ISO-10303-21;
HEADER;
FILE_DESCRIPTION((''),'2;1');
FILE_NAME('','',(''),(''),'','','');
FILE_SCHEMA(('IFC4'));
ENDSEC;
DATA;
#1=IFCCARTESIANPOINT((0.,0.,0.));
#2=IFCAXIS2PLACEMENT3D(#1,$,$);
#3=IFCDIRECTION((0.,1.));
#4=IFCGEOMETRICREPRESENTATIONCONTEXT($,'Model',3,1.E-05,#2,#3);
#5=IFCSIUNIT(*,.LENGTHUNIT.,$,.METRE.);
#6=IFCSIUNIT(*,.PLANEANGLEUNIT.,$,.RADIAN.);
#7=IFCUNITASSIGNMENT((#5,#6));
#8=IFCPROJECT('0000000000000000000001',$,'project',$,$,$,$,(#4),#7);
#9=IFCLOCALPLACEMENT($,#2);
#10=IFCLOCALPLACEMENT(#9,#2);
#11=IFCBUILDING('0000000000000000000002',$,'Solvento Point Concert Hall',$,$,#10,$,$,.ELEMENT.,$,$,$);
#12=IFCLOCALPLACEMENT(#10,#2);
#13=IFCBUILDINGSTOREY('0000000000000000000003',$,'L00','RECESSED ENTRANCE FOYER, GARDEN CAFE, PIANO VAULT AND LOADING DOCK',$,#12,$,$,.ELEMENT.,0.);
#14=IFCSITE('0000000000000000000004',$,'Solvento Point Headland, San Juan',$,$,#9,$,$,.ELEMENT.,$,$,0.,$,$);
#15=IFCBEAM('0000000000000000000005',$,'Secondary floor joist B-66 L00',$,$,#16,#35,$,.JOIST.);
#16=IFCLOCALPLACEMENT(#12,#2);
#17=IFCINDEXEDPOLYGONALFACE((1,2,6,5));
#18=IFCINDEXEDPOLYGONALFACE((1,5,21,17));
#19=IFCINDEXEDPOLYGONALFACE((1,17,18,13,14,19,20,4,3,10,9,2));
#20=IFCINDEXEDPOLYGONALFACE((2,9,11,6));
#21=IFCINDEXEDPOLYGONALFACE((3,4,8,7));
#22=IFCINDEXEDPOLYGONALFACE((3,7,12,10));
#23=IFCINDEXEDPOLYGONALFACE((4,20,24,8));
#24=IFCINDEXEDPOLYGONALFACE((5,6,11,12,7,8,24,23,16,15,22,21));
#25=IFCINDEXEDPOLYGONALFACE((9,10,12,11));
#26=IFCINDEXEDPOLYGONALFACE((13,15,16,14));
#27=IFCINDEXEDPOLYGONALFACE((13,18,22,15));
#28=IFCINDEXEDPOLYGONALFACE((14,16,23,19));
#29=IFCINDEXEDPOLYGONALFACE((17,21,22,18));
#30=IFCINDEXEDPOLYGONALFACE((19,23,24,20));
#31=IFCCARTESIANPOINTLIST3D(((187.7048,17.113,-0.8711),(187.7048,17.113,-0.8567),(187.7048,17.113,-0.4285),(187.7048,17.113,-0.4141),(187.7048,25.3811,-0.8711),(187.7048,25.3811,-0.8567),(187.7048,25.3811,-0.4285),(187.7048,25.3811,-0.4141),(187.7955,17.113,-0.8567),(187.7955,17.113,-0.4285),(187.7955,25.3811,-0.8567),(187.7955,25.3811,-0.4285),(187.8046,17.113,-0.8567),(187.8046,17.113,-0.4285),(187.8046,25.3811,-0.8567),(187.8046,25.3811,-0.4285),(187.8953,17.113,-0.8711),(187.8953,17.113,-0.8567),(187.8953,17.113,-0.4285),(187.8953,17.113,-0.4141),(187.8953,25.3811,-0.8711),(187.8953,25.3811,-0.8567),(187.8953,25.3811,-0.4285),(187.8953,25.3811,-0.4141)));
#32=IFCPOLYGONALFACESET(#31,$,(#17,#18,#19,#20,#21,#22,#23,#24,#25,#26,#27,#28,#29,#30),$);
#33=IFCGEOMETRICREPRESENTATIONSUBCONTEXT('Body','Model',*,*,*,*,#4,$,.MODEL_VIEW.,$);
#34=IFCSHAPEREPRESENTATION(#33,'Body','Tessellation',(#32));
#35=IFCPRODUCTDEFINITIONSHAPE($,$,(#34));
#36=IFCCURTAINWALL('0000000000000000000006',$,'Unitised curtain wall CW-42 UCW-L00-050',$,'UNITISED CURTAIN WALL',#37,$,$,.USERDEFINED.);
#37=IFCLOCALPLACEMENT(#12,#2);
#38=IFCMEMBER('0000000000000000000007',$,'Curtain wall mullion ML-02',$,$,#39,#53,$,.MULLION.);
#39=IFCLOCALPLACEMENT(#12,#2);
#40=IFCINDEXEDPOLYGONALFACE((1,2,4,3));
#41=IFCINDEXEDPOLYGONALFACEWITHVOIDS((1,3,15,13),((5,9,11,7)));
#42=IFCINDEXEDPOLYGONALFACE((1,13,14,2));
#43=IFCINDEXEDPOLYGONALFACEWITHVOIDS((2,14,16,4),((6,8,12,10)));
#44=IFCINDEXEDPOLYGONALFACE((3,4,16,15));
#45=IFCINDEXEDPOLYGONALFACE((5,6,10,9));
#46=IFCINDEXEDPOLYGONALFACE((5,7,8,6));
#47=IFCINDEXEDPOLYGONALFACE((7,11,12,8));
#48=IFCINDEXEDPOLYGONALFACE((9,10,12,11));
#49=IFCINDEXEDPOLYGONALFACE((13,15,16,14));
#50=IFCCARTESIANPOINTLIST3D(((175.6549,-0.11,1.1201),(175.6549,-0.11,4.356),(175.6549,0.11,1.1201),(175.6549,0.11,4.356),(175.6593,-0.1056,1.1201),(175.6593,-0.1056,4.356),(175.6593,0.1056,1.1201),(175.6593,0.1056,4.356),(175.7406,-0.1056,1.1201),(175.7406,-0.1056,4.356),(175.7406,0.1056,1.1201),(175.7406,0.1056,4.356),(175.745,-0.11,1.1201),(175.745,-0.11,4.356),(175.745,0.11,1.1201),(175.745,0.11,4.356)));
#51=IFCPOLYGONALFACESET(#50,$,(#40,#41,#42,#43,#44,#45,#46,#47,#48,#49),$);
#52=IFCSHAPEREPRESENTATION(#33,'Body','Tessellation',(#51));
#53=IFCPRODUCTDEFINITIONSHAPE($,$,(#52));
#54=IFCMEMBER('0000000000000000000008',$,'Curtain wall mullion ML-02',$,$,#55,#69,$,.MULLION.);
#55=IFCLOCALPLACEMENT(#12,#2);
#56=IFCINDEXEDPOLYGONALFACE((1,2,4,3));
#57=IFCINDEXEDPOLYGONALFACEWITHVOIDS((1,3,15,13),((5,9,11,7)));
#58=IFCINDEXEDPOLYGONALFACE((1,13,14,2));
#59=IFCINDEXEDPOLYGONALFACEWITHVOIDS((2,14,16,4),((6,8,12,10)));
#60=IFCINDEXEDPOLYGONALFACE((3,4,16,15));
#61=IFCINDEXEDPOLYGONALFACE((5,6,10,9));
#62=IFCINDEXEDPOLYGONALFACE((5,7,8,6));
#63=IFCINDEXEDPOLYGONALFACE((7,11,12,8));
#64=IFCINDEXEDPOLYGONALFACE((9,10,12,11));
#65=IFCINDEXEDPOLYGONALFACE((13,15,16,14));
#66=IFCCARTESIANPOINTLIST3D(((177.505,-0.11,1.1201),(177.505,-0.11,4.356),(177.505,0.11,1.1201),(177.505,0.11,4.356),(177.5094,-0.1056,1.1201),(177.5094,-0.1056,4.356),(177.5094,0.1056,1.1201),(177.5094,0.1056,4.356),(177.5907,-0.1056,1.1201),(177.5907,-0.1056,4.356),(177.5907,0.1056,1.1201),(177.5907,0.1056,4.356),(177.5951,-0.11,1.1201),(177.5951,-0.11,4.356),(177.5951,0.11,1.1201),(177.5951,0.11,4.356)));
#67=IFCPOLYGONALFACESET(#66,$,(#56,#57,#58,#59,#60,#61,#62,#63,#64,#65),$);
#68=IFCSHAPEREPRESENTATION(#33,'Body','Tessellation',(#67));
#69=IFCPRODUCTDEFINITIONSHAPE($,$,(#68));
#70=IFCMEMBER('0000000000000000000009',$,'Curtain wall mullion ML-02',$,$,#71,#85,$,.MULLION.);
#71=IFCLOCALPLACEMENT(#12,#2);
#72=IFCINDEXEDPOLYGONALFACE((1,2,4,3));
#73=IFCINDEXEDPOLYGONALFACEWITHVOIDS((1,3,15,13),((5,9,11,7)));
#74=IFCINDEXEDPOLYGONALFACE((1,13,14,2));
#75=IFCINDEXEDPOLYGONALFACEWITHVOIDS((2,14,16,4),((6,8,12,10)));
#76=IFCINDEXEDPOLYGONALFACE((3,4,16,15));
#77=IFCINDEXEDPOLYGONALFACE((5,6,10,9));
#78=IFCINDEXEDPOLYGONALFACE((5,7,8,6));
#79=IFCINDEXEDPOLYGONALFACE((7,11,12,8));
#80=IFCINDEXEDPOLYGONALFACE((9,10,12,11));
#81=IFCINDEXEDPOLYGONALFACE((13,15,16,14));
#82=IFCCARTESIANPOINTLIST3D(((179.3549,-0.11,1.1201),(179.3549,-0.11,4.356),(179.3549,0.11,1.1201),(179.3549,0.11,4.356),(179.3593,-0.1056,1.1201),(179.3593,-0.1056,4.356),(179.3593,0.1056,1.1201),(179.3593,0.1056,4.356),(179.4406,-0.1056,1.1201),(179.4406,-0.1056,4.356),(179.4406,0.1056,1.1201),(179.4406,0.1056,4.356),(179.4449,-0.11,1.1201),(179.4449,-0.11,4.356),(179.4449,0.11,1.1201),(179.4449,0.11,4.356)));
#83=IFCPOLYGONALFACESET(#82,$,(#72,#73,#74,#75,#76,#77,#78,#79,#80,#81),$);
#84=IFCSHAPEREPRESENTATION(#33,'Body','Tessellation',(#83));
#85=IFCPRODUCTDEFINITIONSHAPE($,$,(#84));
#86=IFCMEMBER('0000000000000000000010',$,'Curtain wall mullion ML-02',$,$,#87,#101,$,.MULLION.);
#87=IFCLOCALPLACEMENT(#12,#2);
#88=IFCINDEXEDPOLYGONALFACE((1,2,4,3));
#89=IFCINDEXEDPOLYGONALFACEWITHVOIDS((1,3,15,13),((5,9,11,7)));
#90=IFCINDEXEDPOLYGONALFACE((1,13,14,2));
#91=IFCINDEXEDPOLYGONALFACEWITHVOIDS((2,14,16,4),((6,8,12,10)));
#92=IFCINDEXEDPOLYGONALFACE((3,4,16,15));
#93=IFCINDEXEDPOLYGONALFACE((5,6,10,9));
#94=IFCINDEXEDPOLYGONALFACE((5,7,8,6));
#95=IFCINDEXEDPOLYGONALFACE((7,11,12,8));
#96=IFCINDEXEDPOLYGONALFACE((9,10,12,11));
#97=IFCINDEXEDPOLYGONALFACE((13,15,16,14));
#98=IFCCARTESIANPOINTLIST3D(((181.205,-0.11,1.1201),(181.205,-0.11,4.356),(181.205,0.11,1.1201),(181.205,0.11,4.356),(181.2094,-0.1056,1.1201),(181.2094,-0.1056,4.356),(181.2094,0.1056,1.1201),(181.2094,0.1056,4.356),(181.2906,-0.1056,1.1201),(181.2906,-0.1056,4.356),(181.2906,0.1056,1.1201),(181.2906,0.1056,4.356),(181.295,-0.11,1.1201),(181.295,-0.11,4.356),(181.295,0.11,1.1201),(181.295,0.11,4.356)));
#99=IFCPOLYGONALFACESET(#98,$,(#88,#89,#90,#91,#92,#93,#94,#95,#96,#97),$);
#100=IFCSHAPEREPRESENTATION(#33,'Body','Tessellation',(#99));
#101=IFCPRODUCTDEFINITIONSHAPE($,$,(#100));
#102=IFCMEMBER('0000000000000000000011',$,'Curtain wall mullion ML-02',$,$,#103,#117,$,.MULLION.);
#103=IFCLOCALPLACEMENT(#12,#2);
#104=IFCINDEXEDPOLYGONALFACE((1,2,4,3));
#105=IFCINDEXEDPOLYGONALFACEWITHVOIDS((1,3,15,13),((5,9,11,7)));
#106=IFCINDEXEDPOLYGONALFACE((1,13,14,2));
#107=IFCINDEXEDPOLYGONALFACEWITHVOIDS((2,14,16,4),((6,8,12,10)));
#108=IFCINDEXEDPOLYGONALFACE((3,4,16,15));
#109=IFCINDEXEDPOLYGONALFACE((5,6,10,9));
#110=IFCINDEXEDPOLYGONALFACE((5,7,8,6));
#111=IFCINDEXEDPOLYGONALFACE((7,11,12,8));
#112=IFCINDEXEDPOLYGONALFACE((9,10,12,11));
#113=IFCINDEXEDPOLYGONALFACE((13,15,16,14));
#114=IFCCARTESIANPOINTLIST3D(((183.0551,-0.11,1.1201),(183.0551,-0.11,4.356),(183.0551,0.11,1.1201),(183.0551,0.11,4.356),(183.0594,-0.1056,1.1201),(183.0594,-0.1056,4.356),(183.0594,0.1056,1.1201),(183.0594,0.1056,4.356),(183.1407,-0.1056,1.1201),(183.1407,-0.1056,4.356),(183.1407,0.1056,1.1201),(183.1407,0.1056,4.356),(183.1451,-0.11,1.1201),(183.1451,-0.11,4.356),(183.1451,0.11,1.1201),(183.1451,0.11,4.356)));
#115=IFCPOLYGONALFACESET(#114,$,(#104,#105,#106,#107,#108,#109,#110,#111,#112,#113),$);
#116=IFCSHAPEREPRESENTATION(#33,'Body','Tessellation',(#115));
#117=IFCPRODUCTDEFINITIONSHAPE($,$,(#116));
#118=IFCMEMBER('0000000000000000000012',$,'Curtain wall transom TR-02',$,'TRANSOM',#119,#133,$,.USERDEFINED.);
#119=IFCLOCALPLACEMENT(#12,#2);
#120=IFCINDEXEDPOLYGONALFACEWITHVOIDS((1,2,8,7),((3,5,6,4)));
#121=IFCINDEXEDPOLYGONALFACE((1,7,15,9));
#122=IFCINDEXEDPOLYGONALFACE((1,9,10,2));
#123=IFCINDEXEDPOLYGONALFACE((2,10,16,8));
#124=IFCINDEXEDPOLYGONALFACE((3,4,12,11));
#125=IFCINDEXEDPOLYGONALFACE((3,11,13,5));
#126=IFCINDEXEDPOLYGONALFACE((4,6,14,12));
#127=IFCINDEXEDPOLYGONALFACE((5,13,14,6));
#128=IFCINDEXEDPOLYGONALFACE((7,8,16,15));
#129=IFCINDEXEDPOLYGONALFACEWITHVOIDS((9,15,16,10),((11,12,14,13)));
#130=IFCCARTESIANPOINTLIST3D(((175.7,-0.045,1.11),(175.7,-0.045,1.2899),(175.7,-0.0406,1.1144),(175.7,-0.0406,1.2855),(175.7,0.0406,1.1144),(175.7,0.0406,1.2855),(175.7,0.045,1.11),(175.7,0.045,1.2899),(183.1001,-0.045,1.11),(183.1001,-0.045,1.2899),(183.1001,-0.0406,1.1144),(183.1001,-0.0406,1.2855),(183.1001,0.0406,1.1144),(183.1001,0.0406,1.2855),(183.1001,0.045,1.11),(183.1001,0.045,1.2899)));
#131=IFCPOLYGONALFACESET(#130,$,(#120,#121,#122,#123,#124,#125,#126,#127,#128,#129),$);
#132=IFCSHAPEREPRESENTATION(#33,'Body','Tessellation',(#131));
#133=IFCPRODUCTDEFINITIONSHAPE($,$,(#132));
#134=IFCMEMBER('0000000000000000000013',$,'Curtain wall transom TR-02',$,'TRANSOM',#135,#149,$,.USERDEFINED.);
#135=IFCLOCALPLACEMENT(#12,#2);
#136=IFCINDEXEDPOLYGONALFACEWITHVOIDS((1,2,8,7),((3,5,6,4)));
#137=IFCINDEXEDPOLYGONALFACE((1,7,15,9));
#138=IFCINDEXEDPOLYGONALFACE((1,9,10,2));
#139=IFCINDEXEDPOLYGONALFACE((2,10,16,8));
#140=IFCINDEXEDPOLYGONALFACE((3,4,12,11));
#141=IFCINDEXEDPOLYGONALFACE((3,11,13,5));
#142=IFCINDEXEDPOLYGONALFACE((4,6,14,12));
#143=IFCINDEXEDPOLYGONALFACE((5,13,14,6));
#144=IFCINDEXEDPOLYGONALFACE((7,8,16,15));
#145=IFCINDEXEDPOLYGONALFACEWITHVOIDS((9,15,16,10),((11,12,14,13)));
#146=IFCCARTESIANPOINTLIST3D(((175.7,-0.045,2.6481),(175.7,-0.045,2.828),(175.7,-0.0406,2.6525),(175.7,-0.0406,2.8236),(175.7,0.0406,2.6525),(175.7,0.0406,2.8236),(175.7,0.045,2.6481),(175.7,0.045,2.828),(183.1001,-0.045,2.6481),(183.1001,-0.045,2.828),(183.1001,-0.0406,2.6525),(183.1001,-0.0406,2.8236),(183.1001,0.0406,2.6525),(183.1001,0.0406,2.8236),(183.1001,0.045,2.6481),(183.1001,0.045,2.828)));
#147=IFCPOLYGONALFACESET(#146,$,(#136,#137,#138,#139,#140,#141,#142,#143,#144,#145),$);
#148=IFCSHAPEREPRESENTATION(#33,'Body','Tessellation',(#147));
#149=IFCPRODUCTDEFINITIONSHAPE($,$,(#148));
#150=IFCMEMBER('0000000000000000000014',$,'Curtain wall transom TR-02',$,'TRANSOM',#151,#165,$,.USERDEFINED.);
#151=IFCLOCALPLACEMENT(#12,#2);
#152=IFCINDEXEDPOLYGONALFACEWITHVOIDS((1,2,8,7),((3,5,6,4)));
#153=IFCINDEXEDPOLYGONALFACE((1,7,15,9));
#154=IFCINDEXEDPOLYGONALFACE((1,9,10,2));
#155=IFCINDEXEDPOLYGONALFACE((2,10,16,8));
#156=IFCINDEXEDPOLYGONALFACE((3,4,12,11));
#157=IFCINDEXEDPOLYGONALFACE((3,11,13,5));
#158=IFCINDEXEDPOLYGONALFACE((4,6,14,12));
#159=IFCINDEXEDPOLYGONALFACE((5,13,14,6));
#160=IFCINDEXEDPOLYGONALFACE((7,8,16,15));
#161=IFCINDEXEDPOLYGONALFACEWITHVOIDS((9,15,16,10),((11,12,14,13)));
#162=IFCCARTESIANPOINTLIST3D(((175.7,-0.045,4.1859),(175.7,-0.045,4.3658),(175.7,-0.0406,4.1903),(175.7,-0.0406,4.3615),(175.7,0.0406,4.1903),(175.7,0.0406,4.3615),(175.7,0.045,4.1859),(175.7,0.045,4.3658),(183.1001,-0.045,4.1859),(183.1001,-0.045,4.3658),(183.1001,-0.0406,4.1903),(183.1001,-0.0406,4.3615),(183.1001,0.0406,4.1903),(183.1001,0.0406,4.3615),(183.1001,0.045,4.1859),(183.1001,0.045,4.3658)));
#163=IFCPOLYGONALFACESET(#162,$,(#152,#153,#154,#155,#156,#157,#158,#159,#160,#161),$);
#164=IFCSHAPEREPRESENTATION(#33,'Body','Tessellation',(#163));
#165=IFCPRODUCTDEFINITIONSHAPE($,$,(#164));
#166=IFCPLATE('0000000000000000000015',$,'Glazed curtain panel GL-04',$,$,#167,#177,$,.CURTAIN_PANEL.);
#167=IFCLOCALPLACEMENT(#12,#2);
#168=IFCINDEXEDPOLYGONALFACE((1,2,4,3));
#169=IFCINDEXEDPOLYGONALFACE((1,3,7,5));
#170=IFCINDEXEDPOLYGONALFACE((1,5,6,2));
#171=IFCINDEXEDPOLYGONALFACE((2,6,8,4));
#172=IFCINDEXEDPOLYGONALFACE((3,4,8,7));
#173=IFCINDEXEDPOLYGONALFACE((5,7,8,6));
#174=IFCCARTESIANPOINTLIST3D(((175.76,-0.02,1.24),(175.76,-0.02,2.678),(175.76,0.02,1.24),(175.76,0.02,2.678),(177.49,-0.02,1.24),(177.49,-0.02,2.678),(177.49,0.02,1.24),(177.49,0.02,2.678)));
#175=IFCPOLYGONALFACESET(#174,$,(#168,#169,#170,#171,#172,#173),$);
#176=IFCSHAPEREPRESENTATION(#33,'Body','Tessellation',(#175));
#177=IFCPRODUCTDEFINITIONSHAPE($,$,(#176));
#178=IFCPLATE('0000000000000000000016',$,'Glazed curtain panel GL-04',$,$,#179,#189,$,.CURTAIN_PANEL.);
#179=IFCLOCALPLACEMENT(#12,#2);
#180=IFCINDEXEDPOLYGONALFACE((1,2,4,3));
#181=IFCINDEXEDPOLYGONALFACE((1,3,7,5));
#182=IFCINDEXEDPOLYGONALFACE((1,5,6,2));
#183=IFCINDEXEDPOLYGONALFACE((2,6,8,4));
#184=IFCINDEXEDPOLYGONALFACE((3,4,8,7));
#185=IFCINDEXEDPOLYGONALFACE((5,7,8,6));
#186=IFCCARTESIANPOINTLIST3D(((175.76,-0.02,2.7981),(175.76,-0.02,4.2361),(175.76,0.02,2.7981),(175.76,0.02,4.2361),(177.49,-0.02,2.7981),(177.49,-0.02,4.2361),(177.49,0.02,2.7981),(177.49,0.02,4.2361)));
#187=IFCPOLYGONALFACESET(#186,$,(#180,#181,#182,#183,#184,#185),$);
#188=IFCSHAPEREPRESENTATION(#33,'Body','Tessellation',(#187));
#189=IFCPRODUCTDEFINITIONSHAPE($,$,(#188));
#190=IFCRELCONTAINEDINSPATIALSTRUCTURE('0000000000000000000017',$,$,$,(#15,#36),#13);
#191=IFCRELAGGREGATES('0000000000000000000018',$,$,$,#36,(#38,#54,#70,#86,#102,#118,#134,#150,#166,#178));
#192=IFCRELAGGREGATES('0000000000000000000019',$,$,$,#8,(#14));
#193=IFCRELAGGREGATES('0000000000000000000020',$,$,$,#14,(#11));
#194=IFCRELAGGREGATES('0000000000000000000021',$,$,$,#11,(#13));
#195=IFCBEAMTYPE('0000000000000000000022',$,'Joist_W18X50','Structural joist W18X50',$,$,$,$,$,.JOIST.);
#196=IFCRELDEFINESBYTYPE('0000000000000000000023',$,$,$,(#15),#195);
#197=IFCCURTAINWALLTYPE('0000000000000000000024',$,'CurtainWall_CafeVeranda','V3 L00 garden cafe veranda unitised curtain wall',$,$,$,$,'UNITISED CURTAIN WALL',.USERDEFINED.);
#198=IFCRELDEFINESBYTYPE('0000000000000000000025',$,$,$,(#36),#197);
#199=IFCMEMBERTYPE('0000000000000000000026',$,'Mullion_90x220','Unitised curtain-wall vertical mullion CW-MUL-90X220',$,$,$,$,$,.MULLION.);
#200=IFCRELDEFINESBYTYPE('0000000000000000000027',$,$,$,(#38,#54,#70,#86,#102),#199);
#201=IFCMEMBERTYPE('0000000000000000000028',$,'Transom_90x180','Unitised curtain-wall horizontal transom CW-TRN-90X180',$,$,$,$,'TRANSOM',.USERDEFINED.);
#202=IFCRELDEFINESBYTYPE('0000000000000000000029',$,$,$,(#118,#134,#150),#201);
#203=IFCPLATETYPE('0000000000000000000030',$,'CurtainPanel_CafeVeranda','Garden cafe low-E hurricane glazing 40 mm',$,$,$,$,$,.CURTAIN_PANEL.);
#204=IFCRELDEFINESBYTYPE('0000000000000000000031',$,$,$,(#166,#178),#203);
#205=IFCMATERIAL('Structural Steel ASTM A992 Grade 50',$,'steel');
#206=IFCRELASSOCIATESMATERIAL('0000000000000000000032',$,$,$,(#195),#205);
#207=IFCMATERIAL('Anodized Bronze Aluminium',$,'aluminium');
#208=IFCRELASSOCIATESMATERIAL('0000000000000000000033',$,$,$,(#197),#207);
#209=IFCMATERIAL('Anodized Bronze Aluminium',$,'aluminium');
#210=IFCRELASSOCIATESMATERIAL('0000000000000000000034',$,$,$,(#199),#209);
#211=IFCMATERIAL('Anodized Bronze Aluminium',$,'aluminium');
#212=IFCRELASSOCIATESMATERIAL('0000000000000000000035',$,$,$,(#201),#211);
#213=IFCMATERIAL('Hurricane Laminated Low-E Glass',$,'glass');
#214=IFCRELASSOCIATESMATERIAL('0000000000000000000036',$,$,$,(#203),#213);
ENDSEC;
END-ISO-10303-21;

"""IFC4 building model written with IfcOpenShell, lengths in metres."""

from ifc_helpers import new_model, si_unit, direction, frame, origin, origin_2d, place, context, subcontext, project, spatial, rectangle, hollow_rectangle, i_section, extrude, material, material_profile, profile_set, type_object, element, aggregate, save


model = new_model("IFC4")

# Units and contexts
model_context = context("Model", 3, precision=1e-05, world=origin(), true_north=direction((0.0, 1.0)))
body_context = subcontext(model_context, "Body", "Model", "MODEL_VIEW")
ifc_project = project(units=[si_unit("LENGTHUNIT", "METRE"), si_unit("PLANEANGLEUNIT", "RADIAN")], contexts=[model_context])

# Site, building, storey
site_placement = place(None, origin())
site = spatial("IfcSite", under=ifc_project, at=site_placement, Name="Solvento Point Headland, San Juan", CompositionType="ELEMENT", RefElevation=0.0)
building_placement = place(site_placement, origin())
building = spatial("IfcBuilding", under=site, at=building_placement, Name="Solvento Point Concert Hall", CompositionType="ELEMENT")
storey_placement = place(building_placement, origin())
storey = spatial("IfcBuildingStorey", under=building, at=storey_placement, Name="L00", Description="RECESSED ENTRANCE FOYER, GARDEN CAFE, PIANO VAULT AND LOADING DOCK", CompositionType="ELEMENT", Elevation=0.0)

# Beam
ifc_material_1 = material(Name="Structural Steel ASTM A992 Grade 50", Category="steel")
ifc_material_profile_1 = material_profile(ifc_material_1, i_section(OverallWidth=0.1904, OverallDepth=0.457, WebThickness=0.009, FlangeThickness=0.0144, at=origin_2d()), Name="W18X50")
ifc_profile_set_1 = profile_set([ifc_material_profile_1], Name="Structural Steel ASTM A992 Grade 50")
beam_type_1 = type_object("IfcBeamType", Name="Joist_W18X50", Description="Structural joist W18X50", PredefinedType="JOIST", material=ifc_profile_set_1)
beam_1_placement = place(storey_placement, frame((187.8, 17.113, -0.6426), z_axis=(0.0, 1.0, 0.0), x_axis=(-1.0, 0.0, 0.0)))
element("IfcBeam", 1, at=beam_1_placement, inside=storey, type_object=beam_type_1, Name="Secondary floor joist B-66 L00", PredefinedType="JOIST", context=body_context, shape_type="SweptSolid", body=[
    extrude(i_section(OverallWidth=0.1904, OverallDepth=0.457, WebThickness=0.009, FlangeThickness=0.0144, at=origin_2d()), origin(), (0.0, 0.0, 1.0), 8.2681),
])

# Curtain wall, members, plates
ifc_material_2 = material(Name="Anodized Bronze Aluminium", Category="aluminium")
curtain_wall_type = type_object("IfcCurtainWallType", Name="CurtainWall_CafeVeranda", Description="V3 L00 garden cafe veranda unitised curtain wall", ElementType="UNITISED CURTAIN WALL", PredefinedType="USERDEFINED", material=ifc_material_2)
curtain_wall_placement = place(storey_placement, origin())
curtain_wall = element("IfcCurtainWall", 2, at=curtain_wall_placement, inside=storey, type_object=curtain_wall_type, Name="Unitised curtain wall CW-42 UCW-L00-050", ObjectType="UNITISED CURTAIN WALL", PredefinedType="USERDEFINED")
ifc_material_3 = material(Name="Anodized Bronze Aluminium", Category="aluminium")
ifc_material_profile_2 = material_profile(ifc_material_3, hollow_rectangle(XDim=0.0901, YDim=0.22, WallThickness=0.0044, at=origin_2d()), Name="CW-MUL-90X220")
ifc_profile_set_2 = profile_set([ifc_material_profile_2], Name="Anodized Bronze Aluminium")
member_type_1 = type_object("IfcMemberType", Name="Mullion_90x220", Description="Unitised curtain-wall vertical mullion CW-MUL-90X220", PredefinedType="MULLION", material=ifc_profile_set_2)
member_1_placement = place(storey_placement, frame((175.7, 0.0, 1.1201), z_axis=(0.0, 0.0, 1.0), x_axis=(1.0, 0.0, 0.0)))
member_1 = element("IfcMember", 3, at=member_1_placement, type_object=member_type_1, Name="Curtain wall mullion ML-02", PredefinedType="MULLION", context=body_context, shape_type="SweptSolid", body=[
    extrude(hollow_rectangle(XDim=0.0901, YDim=0.22, WallThickness=0.0044, at=origin_2d()), origin(), (0.0, 0.0, 1.0), 3.2358),
])
member_2_placement = place(storey_placement, frame((177.55, 0.0, 1.1201), z_axis=(0.0, 0.0, 1.0), x_axis=(1.0, 0.0, 0.0)))
member_2 = element("IfcMember", 4, at=member_2_placement, type_object=member_type_1, Name="Curtain wall mullion ML-02", PredefinedType="MULLION", context=body_context, shape_type="SweptSolid", body=[
    extrude(hollow_rectangle(XDim=0.0901, YDim=0.22, WallThickness=0.0044, at=origin_2d()), origin(), (0.0, 0.0, 1.0), 3.2358),
])
member_3_placement = place(storey_placement, frame((179.3999, 0.0, 1.1201), z_axis=(0.0, 0.0, 1.0), x_axis=(1.0, 0.0, 0.0)))
member_3 = element("IfcMember", 5, at=member_3_placement, type_object=member_type_1, Name="Curtain wall mullion ML-02", PredefinedType="MULLION", context=body_context, shape_type="SweptSolid", body=[
    extrude(hollow_rectangle(XDim=0.0901, YDim=0.22, WallThickness=0.0044, at=origin_2d()), origin(), (0.0, 0.0, 1.0), 3.2358),
])
member_4_placement = place(storey_placement, frame((181.25, 0.0, 1.1201), z_axis=(0.0, 0.0, 1.0), x_axis=(1.0, 0.0, 0.0)))
member_4 = element("IfcMember", 6, at=member_4_placement, type_object=member_type_1, Name="Curtain wall mullion ML-02", PredefinedType="MULLION", context=body_context, shape_type="SweptSolid", body=[
    extrude(hollow_rectangle(XDim=0.0901, YDim=0.22, WallThickness=0.0044, at=origin_2d()), origin(), (0.0, 0.0, 1.0), 3.2358),
])
member_5_placement = place(storey_placement, frame((183.1001, 0.0, 1.1201), z_axis=(0.0, 0.0, 1.0), x_axis=(1.0, 0.0, 0.0)))
member_5 = element("IfcMember", 7, at=member_5_placement, type_object=member_type_1, Name="Curtain wall mullion ML-02", PredefinedType="MULLION", context=body_context, shape_type="SweptSolid", body=[
    extrude(hollow_rectangle(XDim=0.0901, YDim=0.22, WallThickness=0.0044, at=origin_2d()), origin(), (0.0, 0.0, 1.0), 3.2358),
])
ifc_material_4 = material(Name="Anodized Bronze Aluminium", Category="aluminium")
ifc_material_profile_3 = material_profile(ifc_material_4, hollow_rectangle(XDim=0.0901, YDim=0.1799, WallThickness=0.0044, at=origin_2d()), Name="CW-TRN-90X180")
ifc_profile_set_3 = profile_set([ifc_material_profile_3], Name="Anodized Bronze Aluminium")
member_type_2 = type_object("IfcMemberType", Name="Transom_90x180", Description="Unitised curtain-wall horizontal transom CW-TRN-90X180", ElementType="TRANSOM", PredefinedType="USERDEFINED", material=ifc_profile_set_3)
member_6_placement = place(storey_placement, frame((175.7, 0.0, 1.2), z_axis=(1.0, 0.0, 0.0), x_axis=(0.0, 1.0, 0.0)))
member_6 = element("IfcMember", 8, at=member_6_placement, type_object=member_type_2, Name="Curtain wall transom TR-02", ObjectType="TRANSOM", PredefinedType="USERDEFINED", context=body_context, shape_type="SweptSolid", body=[
    extrude(hollow_rectangle(XDim=0.0901, YDim=0.1799, WallThickness=0.0044, at=origin_2d()), origin(), (0.0, 0.0, 1.0), 7.4001),
])
member_7_placement = place(storey_placement, frame((175.7, 0.0, 2.738), z_axis=(1.0, 0.0, 0.0), x_axis=(0.0, 1.0, 0.0)))
member_7 = element("IfcMember", 9, at=member_7_placement, type_object=member_type_2, Name="Curtain wall transom TR-02", ObjectType="TRANSOM", PredefinedType="USERDEFINED", context=body_context, shape_type="SweptSolid", body=[
    extrude(hollow_rectangle(XDim=0.0901, YDim=0.1799, WallThickness=0.0044, at=origin_2d()), origin(), (0.0, 0.0, 1.0), 7.4001),
])
member_8_placement = place(storey_placement, frame((175.7, 0.0, 4.2759), z_axis=(1.0, 0.0, 0.0), x_axis=(0.0, 1.0, 0.0)))
member_8 = element("IfcMember", 10, at=member_8_placement, type_object=member_type_2, Name="Curtain wall transom TR-02", ObjectType="TRANSOM", PredefinedType="USERDEFINED", context=body_context, shape_type="SweptSolid", body=[
    extrude(hollow_rectangle(XDim=0.0901, YDim=0.1799, WallThickness=0.0044, at=origin_2d()), origin(), (0.0, 0.0, 1.0), 7.4001),
])
ifc_material_5 = material(Name="Hurricane Laminated Low-E Glass", Category="glass")
plate_type = type_object("IfcPlateType", Name="CurtainPanel_CafeVeranda", Description="Garden cafe low-E hurricane glazing 40 mm", PredefinedType="CURTAIN_PANEL", material=ifc_material_5)
plate_1_placement = place(storey_placement, frame((176.625, 0.0, 1.24), z_axis=(0.0, 0.0, 1.0), x_axis=(1.0, 0.0, 0.0)))
plate_1 = element("IfcPlate", 11, at=plate_1_placement, type_object=plate_type, Name="Glazed curtain panel GL-04", PredefinedType="CURTAIN_PANEL", context=body_context, shape_type="SweptSolid", body=[
    extrude(rectangle(XDim=1.73, YDim=0.04, at=origin_2d()), origin(), (0.0, 0.0, 1.0), 1.438),
])
plate_2_placement = place(storey_placement, frame((176.625, 0.0, 2.7981), z_axis=(0.0, 0.0, 1.0), x_axis=(1.0, 0.0, 0.0)))
plate_2 = element("IfcPlate", 12, at=plate_2_placement, type_object=plate_type, Name="Glazed curtain panel GL-04", PredefinedType="CURTAIN_PANEL", context=body_context, shape_type="SweptSolid", body=[
    extrude(rectangle(XDim=1.73, YDim=0.04, at=origin_2d()), origin(), (0.0, 0.0, 1.0), 1.438),
])
aggregate(curtain_wall, [member_1, member_2, member_3, member_4, member_5, member_6, member_7, member_8, plate_1, plate_2])

save(model, "model.ifc")
